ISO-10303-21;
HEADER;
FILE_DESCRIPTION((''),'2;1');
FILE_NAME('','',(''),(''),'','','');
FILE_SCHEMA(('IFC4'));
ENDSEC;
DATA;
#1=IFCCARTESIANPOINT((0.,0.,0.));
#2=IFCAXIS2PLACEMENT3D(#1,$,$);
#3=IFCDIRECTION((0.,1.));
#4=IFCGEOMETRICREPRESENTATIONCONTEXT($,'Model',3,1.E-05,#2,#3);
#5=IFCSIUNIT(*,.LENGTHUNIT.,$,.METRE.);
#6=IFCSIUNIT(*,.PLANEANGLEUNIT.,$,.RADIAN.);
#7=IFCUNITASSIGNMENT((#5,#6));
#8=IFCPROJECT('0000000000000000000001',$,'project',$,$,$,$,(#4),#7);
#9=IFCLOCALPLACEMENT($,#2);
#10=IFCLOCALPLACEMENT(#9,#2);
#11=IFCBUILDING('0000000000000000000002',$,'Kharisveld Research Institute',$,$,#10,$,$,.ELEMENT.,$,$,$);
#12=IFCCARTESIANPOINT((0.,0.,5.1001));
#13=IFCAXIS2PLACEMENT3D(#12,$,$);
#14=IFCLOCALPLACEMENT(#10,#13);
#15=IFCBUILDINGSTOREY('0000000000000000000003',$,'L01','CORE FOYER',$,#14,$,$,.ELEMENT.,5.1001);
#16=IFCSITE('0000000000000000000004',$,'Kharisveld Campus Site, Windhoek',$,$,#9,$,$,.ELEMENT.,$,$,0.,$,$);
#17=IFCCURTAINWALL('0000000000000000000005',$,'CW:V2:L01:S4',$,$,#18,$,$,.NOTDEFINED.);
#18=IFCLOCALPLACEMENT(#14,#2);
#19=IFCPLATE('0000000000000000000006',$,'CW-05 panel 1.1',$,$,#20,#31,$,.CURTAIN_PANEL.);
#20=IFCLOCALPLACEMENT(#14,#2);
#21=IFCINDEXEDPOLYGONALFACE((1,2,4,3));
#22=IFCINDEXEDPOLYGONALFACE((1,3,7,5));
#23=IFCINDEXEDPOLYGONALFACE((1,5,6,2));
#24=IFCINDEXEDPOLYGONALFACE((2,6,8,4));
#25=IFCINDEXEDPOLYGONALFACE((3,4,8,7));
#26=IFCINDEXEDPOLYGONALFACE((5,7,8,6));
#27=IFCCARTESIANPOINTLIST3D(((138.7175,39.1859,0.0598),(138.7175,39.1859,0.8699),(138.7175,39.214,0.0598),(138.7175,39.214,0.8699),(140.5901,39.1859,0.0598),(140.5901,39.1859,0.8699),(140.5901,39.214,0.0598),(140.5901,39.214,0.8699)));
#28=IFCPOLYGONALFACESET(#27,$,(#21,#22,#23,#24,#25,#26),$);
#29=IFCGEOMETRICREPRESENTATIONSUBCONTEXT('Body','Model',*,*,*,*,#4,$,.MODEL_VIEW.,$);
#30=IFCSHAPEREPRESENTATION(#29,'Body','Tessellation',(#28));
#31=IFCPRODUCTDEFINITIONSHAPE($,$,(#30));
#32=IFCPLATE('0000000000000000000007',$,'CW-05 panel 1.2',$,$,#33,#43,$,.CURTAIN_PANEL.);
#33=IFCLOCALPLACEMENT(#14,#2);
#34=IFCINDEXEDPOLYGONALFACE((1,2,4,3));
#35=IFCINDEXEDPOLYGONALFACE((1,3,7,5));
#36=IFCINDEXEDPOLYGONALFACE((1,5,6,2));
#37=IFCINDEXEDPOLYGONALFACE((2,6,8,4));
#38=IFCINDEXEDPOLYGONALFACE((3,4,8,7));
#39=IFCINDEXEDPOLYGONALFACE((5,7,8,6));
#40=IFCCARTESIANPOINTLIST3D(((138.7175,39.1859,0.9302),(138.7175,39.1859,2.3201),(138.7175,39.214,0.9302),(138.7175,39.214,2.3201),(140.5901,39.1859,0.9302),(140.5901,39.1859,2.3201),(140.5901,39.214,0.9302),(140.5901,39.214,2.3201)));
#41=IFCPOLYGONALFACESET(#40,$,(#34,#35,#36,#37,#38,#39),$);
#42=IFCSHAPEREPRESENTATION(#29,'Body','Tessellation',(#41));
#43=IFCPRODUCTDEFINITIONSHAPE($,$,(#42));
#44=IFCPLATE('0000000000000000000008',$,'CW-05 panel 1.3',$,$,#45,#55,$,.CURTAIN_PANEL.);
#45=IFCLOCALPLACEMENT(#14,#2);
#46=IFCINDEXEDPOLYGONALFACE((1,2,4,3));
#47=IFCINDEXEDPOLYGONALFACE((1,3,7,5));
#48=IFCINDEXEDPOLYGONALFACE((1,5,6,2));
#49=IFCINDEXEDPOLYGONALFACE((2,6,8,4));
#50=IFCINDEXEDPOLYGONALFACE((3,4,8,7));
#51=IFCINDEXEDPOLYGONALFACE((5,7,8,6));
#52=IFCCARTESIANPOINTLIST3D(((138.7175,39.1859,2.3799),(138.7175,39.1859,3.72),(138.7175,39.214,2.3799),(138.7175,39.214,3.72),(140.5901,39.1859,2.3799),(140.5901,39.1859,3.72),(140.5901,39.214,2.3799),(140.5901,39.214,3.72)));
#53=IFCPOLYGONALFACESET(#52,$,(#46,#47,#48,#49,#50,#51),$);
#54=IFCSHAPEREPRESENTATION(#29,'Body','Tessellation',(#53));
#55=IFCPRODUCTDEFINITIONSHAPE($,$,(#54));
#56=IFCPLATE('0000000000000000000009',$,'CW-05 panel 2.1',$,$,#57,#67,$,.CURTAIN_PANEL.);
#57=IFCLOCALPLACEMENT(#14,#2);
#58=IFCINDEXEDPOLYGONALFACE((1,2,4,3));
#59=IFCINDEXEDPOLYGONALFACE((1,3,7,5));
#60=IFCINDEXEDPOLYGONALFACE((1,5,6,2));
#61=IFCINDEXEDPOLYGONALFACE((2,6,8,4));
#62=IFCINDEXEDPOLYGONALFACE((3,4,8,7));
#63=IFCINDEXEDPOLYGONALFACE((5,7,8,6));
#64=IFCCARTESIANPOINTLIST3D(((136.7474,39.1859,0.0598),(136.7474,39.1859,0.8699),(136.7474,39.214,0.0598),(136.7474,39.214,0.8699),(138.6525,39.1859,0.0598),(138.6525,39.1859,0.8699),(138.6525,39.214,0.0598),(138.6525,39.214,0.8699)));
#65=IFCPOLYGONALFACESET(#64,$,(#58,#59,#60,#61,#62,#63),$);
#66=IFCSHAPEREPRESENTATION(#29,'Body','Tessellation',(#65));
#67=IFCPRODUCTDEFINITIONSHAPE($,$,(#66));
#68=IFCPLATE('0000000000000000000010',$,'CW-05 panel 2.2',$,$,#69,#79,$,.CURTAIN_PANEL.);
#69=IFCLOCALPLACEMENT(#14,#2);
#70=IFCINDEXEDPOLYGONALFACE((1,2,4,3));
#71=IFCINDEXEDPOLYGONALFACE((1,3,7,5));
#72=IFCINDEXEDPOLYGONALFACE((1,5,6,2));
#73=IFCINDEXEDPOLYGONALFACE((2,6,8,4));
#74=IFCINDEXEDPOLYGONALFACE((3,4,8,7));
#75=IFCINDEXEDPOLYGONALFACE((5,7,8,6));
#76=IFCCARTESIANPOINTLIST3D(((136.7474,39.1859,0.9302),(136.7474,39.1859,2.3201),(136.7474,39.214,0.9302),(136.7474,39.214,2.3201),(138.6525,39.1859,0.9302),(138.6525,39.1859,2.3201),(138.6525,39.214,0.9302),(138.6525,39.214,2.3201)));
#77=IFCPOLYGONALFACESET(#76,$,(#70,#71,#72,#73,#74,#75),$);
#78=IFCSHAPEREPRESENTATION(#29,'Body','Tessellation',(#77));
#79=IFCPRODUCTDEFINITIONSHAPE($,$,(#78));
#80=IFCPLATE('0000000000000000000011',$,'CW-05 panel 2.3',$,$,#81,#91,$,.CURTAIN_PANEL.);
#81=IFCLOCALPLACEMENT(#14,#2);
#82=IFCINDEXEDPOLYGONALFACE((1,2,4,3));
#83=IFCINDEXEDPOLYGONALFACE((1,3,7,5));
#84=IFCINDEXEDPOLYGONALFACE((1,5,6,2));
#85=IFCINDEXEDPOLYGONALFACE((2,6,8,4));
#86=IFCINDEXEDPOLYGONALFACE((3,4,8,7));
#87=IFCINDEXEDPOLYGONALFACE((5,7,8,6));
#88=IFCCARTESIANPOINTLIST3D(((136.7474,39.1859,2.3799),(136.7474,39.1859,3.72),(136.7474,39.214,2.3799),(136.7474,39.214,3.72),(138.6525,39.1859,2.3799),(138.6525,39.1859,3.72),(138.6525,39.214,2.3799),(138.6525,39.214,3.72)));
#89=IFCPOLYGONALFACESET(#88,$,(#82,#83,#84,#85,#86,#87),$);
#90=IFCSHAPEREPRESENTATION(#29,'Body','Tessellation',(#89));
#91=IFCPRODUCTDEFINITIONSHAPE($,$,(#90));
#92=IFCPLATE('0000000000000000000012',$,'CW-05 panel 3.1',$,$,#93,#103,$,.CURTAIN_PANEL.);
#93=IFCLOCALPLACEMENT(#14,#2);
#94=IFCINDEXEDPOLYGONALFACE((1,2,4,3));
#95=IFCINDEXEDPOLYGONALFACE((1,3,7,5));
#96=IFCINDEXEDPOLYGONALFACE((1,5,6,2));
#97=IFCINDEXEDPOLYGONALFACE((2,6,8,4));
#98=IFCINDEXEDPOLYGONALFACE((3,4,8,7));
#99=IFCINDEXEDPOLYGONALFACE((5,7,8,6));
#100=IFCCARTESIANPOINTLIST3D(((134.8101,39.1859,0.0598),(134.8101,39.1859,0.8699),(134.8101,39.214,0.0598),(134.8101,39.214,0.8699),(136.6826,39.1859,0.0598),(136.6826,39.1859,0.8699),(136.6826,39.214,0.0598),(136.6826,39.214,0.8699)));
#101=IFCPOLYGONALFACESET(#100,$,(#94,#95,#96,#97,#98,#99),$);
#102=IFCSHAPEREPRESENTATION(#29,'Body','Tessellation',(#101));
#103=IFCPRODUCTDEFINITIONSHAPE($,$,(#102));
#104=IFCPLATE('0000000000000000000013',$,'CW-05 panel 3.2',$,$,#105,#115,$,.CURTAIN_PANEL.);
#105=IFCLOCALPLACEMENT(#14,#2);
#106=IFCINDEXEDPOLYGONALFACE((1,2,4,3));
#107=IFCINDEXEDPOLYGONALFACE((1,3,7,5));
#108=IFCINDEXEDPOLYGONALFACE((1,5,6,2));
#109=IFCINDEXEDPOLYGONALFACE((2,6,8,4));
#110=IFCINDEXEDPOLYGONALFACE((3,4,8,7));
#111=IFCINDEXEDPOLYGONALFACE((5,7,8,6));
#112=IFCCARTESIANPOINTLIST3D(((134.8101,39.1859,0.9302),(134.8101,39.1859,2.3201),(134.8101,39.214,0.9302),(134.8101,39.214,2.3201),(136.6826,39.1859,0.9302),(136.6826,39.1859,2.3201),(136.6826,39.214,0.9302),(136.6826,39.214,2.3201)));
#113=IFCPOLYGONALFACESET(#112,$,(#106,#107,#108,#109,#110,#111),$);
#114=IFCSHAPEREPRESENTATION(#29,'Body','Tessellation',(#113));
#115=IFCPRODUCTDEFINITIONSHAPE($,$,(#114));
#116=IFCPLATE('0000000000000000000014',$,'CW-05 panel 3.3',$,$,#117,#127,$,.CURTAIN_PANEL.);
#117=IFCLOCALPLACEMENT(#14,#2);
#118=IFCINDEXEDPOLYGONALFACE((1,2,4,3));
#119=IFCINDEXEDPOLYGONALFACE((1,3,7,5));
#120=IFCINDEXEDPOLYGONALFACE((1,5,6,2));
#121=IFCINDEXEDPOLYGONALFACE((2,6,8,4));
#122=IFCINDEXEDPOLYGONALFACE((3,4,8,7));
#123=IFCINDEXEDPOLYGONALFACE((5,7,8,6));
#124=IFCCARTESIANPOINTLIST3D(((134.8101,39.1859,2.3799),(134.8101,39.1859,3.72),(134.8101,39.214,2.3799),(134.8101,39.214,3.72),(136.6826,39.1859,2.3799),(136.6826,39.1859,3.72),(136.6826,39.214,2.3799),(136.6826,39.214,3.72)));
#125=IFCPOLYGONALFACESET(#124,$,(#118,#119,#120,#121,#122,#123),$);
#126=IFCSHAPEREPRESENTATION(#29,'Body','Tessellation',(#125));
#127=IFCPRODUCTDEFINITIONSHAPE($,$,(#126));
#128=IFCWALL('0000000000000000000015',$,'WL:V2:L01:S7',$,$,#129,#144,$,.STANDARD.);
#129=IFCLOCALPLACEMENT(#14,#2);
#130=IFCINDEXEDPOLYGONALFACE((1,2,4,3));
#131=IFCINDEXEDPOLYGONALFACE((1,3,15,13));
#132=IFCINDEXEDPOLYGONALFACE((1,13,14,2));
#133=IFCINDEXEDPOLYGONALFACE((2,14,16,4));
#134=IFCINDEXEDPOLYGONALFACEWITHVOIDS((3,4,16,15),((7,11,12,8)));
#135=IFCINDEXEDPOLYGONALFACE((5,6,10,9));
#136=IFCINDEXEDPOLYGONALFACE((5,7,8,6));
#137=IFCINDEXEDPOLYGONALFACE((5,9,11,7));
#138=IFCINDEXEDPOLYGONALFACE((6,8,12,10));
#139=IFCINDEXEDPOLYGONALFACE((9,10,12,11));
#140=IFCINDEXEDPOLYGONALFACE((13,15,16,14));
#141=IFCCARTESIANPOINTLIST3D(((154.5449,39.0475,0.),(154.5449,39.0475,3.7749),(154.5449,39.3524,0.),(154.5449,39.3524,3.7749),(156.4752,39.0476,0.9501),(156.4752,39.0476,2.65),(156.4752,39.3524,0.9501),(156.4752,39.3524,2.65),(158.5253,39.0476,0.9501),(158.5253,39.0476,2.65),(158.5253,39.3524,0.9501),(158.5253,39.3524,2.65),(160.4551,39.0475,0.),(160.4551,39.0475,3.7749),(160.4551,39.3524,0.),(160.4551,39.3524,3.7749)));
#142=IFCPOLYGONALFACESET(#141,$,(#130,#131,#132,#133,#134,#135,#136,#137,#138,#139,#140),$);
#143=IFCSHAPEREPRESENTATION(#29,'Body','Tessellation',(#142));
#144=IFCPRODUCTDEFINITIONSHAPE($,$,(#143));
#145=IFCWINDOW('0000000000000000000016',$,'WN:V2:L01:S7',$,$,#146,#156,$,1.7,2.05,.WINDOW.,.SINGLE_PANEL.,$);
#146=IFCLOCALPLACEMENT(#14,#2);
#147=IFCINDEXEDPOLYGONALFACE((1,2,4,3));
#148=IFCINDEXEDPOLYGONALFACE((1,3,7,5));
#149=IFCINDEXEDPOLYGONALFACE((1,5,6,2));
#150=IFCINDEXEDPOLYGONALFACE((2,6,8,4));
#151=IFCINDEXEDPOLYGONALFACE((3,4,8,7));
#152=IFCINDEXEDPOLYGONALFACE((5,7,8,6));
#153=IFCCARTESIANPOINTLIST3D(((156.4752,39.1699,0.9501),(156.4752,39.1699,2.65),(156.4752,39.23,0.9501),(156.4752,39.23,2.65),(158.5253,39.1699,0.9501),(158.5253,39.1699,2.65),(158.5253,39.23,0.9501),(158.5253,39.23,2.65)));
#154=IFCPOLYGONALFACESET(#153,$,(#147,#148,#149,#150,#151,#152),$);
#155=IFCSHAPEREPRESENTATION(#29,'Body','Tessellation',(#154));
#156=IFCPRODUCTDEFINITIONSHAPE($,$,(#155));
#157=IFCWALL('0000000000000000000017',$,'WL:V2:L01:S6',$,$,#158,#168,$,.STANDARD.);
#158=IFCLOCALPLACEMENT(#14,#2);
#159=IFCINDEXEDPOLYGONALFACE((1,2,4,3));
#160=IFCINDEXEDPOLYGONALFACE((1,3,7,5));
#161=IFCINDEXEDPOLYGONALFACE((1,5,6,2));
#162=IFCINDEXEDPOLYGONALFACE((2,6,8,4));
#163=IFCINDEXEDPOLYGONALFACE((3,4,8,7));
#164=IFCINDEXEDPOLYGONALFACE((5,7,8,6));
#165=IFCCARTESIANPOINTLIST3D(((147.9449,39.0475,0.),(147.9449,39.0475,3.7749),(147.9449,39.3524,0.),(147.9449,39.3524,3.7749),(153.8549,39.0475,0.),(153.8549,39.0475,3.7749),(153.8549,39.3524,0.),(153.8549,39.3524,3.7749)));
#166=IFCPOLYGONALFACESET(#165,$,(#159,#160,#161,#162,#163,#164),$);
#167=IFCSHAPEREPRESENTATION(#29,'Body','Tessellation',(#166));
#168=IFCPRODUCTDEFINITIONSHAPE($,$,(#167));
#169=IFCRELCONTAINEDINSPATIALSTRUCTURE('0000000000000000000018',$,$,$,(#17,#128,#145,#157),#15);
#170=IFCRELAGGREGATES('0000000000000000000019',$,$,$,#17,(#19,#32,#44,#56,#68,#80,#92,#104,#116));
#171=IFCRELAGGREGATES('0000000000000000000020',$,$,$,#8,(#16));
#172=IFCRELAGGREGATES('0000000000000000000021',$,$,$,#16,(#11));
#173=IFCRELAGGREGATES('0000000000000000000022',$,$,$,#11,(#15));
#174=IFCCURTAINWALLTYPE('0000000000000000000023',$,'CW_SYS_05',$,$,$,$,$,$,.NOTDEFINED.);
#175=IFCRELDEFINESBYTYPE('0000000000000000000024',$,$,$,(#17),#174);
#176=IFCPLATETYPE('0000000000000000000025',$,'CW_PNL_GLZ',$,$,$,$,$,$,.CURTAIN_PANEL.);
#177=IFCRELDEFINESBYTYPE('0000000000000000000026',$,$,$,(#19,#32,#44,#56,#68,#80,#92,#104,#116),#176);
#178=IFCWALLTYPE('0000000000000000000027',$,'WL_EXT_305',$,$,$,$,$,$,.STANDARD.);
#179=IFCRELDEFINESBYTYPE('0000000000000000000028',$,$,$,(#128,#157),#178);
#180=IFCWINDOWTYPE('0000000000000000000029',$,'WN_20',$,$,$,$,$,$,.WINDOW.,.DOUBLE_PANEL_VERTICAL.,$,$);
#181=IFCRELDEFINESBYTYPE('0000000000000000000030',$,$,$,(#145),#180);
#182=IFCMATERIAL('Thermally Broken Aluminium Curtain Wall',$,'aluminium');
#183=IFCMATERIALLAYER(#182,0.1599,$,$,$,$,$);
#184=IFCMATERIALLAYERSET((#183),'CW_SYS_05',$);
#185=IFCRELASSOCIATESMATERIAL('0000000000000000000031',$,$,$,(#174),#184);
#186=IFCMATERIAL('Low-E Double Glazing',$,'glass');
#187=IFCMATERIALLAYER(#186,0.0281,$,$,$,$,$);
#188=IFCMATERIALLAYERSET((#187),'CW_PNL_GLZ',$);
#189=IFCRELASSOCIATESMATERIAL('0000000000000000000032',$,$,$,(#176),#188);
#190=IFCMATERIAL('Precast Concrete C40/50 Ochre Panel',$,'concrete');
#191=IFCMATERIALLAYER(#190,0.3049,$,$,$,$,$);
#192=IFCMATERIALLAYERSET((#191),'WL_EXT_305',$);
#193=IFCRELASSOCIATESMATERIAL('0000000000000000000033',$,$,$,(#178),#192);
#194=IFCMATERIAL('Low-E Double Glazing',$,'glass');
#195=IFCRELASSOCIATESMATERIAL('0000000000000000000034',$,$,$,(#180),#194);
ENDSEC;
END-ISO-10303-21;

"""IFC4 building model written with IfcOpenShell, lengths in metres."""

from ifc_helpers import new_model, si_unit, direction, frame, frame_2d, origin, origin_2d, place, context, subcontext, project, spatial, rectangle, extrude, material, layer, layer_set, type_object, element, fill, aggregate, save


model = new_model("IFC4")

# Units and contexts
model_context = context("Model", 3, precision=1e-05, world=origin(), true_north=direction((0.0, 1.0)))
body_context = subcontext(model_context, "Body", "Model", "MODEL_VIEW")
ifc_project = project(units=[si_unit("LENGTHUNIT", "METRE"), si_unit("PLANEANGLEUNIT", "RADIAN")], contexts=[model_context])

# Site, building, storey
site_placement = place(None, origin())
site = spatial("IfcSite", under=ifc_project, at=site_placement, Name="Kharisveld Campus Site, Windhoek", CompositionType="ELEMENT", RefElevation=0.0)
building_placement = place(site_placement, origin())
building = spatial("IfcBuilding", under=site, at=building_placement, Name="Kharisveld Research Institute", CompositionType="ELEMENT")
storey_placement = place(building_placement, frame((0.0, 0.0, 5.1001)))
storey = spatial("IfcBuildingStorey", under=building, at=storey_placement, Name="L01", Description="CORE FOYER", CompositionType="ELEMENT", Elevation=5.1001)

# Curtain wall
ifc_material_1 = material(Name="Thermally Broken Aluminium Curtain Wall", Category="aluminium")
ifc_layer_1 = layer(ifc_material_1, 0.1599)
ifc_layer_set_1 = layer_set([ifc_layer_1], Name="CW_SYS_05")
curtain_wall_type = type_object("IfcCurtainWallType", Name="CW_SYS_05", PredefinedType="NOTDEFINED", material=ifc_layer_set_1)
curtain_wall_placement = place(storey_placement, origin())
curtain_wall = element("IfcCurtainWall", 1, at=curtain_wall_placement, inside=storey, type_object=curtain_wall_type, Name="CW:V2:L01:S4", PredefinedType="NOTDEFINED")

# Plates
ifc_material_2 = material(Name="Low-E Double Glazing", Category="glass")
ifc_layer_2 = layer(ifc_material_2, 0.0281)
ifc_layer_set_2 = layer_set([ifc_layer_2], Name="CW_PNL_GLZ")
plate_type = type_object("IfcPlateType", Name="CW_PNL_GLZ", PredefinedType="CURTAIN_PANEL", material=ifc_layer_set_2)
plate_1_placement = place(storey_placement, frame((139.6538, 39.2, 0.0598), z_axis=(0.0, 0.0, 1.0), x_axis=(-1.0, 0.0, 0.0)))
plate_1 = element("IfcPlate", 2, at=plate_1_placement, type_object=plate_type, Name="CW-05 panel 1.1", PredefinedType="CURTAIN_PANEL", context=body_context, shape_type="SweptSolid", body=[
    extrude(rectangle(XDim=1.8726, YDim=0.0281, at=origin_2d()), origin(), (0.0, 0.0, 1.0), 0.8101),
])
plate_2_placement = place(storey_placement, frame((139.6538, 39.2, 0.9302), z_axis=(0.0, 0.0, 1.0), x_axis=(-1.0, 0.0, 0.0)))
plate_2 = element("IfcPlate", 3, at=plate_2_placement, type_object=plate_type, Name="CW-05 panel 1.2", PredefinedType="CURTAIN_PANEL", context=body_context, shape_type="SweptSolid", body=[
    extrude(rectangle(XDim=1.8726, YDim=0.0281, at=origin_2d()), origin(), (0.0, 0.0, 1.0), 1.3899),
])
plate_3_placement = place(storey_placement, frame((139.6538, 39.2, 2.3799), z_axis=(0.0, 0.0, 1.0), x_axis=(-1.0, 0.0, 0.0)))
plate_3 = element("IfcPlate", 4, at=plate_3_placement, type_object=plate_type, Name="CW-05 panel 1.3", PredefinedType="CURTAIN_PANEL", context=body_context, shape_type="SweptSolid", body=[
    extrude(rectangle(XDim=1.8726, YDim=0.0281, at=origin_2d()), origin(), (0.0, 0.0, 1.0), 1.3401),
])
plate_4_placement = place(storey_placement, frame((137.7, 39.2, 0.0598), z_axis=(0.0, 0.0, 1.0), x_axis=(-1.0, 0.0, 0.0)))
plate_4 = element("IfcPlate", 5, at=plate_4_placement, type_object=plate_type, Name="CW-05 panel 2.1", PredefinedType="CURTAIN_PANEL", context=body_context, shape_type="SweptSolid", body=[
    extrude(rectangle(XDim=1.905, YDim=0.0281, at=origin_2d()), origin(), (0.0, 0.0, 1.0), 0.8101),
])
plate_5_placement = place(storey_placement, frame((137.7, 39.2, 0.9302), z_axis=(0.0, 0.0, 1.0), x_axis=(-1.0, 0.0, 0.0)))
plate_5 = element("IfcPlate", 6, at=plate_5_placement, type_object=plate_type, Name="CW-05 panel 2.2", PredefinedType="CURTAIN_PANEL", context=body_context, shape_type="SweptSolid", body=[
    extrude(rectangle(XDim=1.905, YDim=0.0281, at=origin_2d()), origin(), (0.0, 0.0, 1.0), 1.3899),
])
plate_6_placement = place(storey_placement, frame((137.7, 39.2, 2.3799), z_axis=(0.0, 0.0, 1.0), x_axis=(-1.0, 0.0, 0.0)))
plate_6 = element("IfcPlate", 7, at=plate_6_placement, type_object=plate_type, Name="CW-05 panel 2.3", PredefinedType="CURTAIN_PANEL", context=body_context, shape_type="SweptSolid", body=[
    extrude(rectangle(XDim=1.905, YDim=0.0281, at=origin_2d()), origin(), (0.0, 0.0, 1.0), 1.3401),
])
plate_7_placement = place(storey_placement, frame((135.7463, 39.2, 0.0598), z_axis=(0.0, 0.0, 1.0), x_axis=(-1.0, 0.0, 0.0)))
plate_7 = element("IfcPlate", 8, at=plate_7_placement, type_object=plate_type, Name="CW-05 panel 3.1", PredefinedType="CURTAIN_PANEL", context=body_context, shape_type="SweptSolid", body=[
    extrude(rectangle(XDim=1.8726, YDim=0.0281, at=origin_2d()), origin(), (0.0, 0.0, 1.0), 0.8101),
])
plate_8_placement = place(storey_placement, frame((135.7463, 39.2, 0.9302), z_axis=(0.0, 0.0, 1.0), x_axis=(-1.0, 0.0, 0.0)))
plate_8 = element("IfcPlate", 9, at=plate_8_placement, type_object=plate_type, Name="CW-05 panel 3.2", PredefinedType="CURTAIN_PANEL", context=body_context, shape_type="SweptSolid", body=[
    extrude(rectangle(XDim=1.8726, YDim=0.0281, at=origin_2d()), origin(), (0.0, 0.0, 1.0), 1.3899),
])
plate_9_placement = place(storey_placement, frame((135.7463, 39.2, 2.3799), z_axis=(0.0, 0.0, 1.0), x_axis=(-1.0, 0.0, 0.0)))
plate_9 = element("IfcPlate", 10, at=plate_9_placement, type_object=plate_type, Name="CW-05 panel 3.3", PredefinedType="CURTAIN_PANEL", context=body_context, shape_type="SweptSolid", body=[
    extrude(rectangle(XDim=1.8726, YDim=0.0281, at=origin_2d()), origin(), (0.0, 0.0, 1.0), 1.3401),
])
aggregate(curtain_wall, [plate_1, plate_2, plate_3, plate_4, plate_5, plate_6, plate_7, plate_8, plate_9])

# Wall, opening, window
ifc_material_3 = material(Name="Precast Concrete C40/50 Ochre Panel", Category="concrete")
ifc_layer_3 = layer(ifc_material_3, 0.3049)
ifc_layer_set_3 = layer_set([ifc_layer_3], Name="WL_EXT_305")
wall_type = type_object("IfcWallType", Name="WL_EXT_305", PredefinedType="STANDARD", material=ifc_layer_set_3)
wall_1_placement = place(storey_placement, frame((160.4551, 39.2, 0.0), z_axis=(0.0, 0.0, 1.0), x_axis=(-1.0, 0.0, 0.0)))
wall_1 = element("IfcWall", 11, at=wall_1_placement, inside=storey, type_object=wall_type, Name="WL:V2:L01:S7", PredefinedType="STANDARD", context=body_context, shape_type="SweptSolid", body=[
    extrude(rectangle(XDim=5.9102, YDim=0.3049, at=frame_2d((2.9551, 0.0))), origin(), (0.0, 0.0, 1.0), 3.7749),
])
opening_1_placement = place(wall_1_placement, frame((1.9299, 0.0, 0.95)))
opening_1 = element("IfcOpeningElement", 12, at=opening_1_placement, cuts=wall_1, PredefinedType="OPENING", context=body_context, shape_type="SweptSolid", body=[
    extrude(rectangle(XDim=2.05, YDim=1.7, at=frame_2d((1.0249, 0.8501))), frame((0.0, 0.1523, 0.0), z_axis=(0.0, -1.0, 0.0), x_axis=(1.0, 0.0, 0.0)), (0.0, 0.0, 1.0), 0.3049),
])
ifc_material_4 = material(Name="Low-E Double Glazing", Category="glass")
window_type_1 = type_object("IfcWindowType", Name="WN_20", PartitioningType="DOUBLE_PANEL_VERTICAL", PredefinedType="WINDOW", material=ifc_material_4)
window_1_placement = place(opening_1_placement, origin())
window_1 = element("IfcWindow", 13, at=window_1_placement, inside=storey, type_object=window_type_1, Name="WN:V2:L01:S7", OverallHeight=1.7, OverallWidth=2.05, PartitioningType="SINGLE_PANEL", PredefinedType="WINDOW", context=body_context, shape_type="SweptSolid", body=[
    extrude(rectangle(XDim=2.05, YDim=1.7, at=frame_2d((1.0249, 0.8501))), frame((0.0, 0.03, 0.0), z_axis=(0.0, -1.0, 0.0), x_axis=(1.0, 0.0, 0.0)), (0.0, 0.0, 1.0), 0.0601),
])
fill(opening_1, window_1)

# Wall
wall_2_placement = place(storey_placement, frame((153.855, 39.2, 0.0), z_axis=(0.0, 0.0, 1.0), x_axis=(-1.0, 0.0, 0.0)))
element("IfcWall", 14, at=wall_2_placement, inside=storey, type_object=wall_type, Name="WL:V2:L01:S6", PredefinedType="STANDARD", context=body_context, shape_type="SweptSolid", body=[
    extrude(rectangle(XDim=5.9099, YDim=0.3049, at=frame_2d((2.9551, 0.0))), origin(), (0.0, 0.0, 1.0), 3.7749),
])

save(model, "model.ifc")
